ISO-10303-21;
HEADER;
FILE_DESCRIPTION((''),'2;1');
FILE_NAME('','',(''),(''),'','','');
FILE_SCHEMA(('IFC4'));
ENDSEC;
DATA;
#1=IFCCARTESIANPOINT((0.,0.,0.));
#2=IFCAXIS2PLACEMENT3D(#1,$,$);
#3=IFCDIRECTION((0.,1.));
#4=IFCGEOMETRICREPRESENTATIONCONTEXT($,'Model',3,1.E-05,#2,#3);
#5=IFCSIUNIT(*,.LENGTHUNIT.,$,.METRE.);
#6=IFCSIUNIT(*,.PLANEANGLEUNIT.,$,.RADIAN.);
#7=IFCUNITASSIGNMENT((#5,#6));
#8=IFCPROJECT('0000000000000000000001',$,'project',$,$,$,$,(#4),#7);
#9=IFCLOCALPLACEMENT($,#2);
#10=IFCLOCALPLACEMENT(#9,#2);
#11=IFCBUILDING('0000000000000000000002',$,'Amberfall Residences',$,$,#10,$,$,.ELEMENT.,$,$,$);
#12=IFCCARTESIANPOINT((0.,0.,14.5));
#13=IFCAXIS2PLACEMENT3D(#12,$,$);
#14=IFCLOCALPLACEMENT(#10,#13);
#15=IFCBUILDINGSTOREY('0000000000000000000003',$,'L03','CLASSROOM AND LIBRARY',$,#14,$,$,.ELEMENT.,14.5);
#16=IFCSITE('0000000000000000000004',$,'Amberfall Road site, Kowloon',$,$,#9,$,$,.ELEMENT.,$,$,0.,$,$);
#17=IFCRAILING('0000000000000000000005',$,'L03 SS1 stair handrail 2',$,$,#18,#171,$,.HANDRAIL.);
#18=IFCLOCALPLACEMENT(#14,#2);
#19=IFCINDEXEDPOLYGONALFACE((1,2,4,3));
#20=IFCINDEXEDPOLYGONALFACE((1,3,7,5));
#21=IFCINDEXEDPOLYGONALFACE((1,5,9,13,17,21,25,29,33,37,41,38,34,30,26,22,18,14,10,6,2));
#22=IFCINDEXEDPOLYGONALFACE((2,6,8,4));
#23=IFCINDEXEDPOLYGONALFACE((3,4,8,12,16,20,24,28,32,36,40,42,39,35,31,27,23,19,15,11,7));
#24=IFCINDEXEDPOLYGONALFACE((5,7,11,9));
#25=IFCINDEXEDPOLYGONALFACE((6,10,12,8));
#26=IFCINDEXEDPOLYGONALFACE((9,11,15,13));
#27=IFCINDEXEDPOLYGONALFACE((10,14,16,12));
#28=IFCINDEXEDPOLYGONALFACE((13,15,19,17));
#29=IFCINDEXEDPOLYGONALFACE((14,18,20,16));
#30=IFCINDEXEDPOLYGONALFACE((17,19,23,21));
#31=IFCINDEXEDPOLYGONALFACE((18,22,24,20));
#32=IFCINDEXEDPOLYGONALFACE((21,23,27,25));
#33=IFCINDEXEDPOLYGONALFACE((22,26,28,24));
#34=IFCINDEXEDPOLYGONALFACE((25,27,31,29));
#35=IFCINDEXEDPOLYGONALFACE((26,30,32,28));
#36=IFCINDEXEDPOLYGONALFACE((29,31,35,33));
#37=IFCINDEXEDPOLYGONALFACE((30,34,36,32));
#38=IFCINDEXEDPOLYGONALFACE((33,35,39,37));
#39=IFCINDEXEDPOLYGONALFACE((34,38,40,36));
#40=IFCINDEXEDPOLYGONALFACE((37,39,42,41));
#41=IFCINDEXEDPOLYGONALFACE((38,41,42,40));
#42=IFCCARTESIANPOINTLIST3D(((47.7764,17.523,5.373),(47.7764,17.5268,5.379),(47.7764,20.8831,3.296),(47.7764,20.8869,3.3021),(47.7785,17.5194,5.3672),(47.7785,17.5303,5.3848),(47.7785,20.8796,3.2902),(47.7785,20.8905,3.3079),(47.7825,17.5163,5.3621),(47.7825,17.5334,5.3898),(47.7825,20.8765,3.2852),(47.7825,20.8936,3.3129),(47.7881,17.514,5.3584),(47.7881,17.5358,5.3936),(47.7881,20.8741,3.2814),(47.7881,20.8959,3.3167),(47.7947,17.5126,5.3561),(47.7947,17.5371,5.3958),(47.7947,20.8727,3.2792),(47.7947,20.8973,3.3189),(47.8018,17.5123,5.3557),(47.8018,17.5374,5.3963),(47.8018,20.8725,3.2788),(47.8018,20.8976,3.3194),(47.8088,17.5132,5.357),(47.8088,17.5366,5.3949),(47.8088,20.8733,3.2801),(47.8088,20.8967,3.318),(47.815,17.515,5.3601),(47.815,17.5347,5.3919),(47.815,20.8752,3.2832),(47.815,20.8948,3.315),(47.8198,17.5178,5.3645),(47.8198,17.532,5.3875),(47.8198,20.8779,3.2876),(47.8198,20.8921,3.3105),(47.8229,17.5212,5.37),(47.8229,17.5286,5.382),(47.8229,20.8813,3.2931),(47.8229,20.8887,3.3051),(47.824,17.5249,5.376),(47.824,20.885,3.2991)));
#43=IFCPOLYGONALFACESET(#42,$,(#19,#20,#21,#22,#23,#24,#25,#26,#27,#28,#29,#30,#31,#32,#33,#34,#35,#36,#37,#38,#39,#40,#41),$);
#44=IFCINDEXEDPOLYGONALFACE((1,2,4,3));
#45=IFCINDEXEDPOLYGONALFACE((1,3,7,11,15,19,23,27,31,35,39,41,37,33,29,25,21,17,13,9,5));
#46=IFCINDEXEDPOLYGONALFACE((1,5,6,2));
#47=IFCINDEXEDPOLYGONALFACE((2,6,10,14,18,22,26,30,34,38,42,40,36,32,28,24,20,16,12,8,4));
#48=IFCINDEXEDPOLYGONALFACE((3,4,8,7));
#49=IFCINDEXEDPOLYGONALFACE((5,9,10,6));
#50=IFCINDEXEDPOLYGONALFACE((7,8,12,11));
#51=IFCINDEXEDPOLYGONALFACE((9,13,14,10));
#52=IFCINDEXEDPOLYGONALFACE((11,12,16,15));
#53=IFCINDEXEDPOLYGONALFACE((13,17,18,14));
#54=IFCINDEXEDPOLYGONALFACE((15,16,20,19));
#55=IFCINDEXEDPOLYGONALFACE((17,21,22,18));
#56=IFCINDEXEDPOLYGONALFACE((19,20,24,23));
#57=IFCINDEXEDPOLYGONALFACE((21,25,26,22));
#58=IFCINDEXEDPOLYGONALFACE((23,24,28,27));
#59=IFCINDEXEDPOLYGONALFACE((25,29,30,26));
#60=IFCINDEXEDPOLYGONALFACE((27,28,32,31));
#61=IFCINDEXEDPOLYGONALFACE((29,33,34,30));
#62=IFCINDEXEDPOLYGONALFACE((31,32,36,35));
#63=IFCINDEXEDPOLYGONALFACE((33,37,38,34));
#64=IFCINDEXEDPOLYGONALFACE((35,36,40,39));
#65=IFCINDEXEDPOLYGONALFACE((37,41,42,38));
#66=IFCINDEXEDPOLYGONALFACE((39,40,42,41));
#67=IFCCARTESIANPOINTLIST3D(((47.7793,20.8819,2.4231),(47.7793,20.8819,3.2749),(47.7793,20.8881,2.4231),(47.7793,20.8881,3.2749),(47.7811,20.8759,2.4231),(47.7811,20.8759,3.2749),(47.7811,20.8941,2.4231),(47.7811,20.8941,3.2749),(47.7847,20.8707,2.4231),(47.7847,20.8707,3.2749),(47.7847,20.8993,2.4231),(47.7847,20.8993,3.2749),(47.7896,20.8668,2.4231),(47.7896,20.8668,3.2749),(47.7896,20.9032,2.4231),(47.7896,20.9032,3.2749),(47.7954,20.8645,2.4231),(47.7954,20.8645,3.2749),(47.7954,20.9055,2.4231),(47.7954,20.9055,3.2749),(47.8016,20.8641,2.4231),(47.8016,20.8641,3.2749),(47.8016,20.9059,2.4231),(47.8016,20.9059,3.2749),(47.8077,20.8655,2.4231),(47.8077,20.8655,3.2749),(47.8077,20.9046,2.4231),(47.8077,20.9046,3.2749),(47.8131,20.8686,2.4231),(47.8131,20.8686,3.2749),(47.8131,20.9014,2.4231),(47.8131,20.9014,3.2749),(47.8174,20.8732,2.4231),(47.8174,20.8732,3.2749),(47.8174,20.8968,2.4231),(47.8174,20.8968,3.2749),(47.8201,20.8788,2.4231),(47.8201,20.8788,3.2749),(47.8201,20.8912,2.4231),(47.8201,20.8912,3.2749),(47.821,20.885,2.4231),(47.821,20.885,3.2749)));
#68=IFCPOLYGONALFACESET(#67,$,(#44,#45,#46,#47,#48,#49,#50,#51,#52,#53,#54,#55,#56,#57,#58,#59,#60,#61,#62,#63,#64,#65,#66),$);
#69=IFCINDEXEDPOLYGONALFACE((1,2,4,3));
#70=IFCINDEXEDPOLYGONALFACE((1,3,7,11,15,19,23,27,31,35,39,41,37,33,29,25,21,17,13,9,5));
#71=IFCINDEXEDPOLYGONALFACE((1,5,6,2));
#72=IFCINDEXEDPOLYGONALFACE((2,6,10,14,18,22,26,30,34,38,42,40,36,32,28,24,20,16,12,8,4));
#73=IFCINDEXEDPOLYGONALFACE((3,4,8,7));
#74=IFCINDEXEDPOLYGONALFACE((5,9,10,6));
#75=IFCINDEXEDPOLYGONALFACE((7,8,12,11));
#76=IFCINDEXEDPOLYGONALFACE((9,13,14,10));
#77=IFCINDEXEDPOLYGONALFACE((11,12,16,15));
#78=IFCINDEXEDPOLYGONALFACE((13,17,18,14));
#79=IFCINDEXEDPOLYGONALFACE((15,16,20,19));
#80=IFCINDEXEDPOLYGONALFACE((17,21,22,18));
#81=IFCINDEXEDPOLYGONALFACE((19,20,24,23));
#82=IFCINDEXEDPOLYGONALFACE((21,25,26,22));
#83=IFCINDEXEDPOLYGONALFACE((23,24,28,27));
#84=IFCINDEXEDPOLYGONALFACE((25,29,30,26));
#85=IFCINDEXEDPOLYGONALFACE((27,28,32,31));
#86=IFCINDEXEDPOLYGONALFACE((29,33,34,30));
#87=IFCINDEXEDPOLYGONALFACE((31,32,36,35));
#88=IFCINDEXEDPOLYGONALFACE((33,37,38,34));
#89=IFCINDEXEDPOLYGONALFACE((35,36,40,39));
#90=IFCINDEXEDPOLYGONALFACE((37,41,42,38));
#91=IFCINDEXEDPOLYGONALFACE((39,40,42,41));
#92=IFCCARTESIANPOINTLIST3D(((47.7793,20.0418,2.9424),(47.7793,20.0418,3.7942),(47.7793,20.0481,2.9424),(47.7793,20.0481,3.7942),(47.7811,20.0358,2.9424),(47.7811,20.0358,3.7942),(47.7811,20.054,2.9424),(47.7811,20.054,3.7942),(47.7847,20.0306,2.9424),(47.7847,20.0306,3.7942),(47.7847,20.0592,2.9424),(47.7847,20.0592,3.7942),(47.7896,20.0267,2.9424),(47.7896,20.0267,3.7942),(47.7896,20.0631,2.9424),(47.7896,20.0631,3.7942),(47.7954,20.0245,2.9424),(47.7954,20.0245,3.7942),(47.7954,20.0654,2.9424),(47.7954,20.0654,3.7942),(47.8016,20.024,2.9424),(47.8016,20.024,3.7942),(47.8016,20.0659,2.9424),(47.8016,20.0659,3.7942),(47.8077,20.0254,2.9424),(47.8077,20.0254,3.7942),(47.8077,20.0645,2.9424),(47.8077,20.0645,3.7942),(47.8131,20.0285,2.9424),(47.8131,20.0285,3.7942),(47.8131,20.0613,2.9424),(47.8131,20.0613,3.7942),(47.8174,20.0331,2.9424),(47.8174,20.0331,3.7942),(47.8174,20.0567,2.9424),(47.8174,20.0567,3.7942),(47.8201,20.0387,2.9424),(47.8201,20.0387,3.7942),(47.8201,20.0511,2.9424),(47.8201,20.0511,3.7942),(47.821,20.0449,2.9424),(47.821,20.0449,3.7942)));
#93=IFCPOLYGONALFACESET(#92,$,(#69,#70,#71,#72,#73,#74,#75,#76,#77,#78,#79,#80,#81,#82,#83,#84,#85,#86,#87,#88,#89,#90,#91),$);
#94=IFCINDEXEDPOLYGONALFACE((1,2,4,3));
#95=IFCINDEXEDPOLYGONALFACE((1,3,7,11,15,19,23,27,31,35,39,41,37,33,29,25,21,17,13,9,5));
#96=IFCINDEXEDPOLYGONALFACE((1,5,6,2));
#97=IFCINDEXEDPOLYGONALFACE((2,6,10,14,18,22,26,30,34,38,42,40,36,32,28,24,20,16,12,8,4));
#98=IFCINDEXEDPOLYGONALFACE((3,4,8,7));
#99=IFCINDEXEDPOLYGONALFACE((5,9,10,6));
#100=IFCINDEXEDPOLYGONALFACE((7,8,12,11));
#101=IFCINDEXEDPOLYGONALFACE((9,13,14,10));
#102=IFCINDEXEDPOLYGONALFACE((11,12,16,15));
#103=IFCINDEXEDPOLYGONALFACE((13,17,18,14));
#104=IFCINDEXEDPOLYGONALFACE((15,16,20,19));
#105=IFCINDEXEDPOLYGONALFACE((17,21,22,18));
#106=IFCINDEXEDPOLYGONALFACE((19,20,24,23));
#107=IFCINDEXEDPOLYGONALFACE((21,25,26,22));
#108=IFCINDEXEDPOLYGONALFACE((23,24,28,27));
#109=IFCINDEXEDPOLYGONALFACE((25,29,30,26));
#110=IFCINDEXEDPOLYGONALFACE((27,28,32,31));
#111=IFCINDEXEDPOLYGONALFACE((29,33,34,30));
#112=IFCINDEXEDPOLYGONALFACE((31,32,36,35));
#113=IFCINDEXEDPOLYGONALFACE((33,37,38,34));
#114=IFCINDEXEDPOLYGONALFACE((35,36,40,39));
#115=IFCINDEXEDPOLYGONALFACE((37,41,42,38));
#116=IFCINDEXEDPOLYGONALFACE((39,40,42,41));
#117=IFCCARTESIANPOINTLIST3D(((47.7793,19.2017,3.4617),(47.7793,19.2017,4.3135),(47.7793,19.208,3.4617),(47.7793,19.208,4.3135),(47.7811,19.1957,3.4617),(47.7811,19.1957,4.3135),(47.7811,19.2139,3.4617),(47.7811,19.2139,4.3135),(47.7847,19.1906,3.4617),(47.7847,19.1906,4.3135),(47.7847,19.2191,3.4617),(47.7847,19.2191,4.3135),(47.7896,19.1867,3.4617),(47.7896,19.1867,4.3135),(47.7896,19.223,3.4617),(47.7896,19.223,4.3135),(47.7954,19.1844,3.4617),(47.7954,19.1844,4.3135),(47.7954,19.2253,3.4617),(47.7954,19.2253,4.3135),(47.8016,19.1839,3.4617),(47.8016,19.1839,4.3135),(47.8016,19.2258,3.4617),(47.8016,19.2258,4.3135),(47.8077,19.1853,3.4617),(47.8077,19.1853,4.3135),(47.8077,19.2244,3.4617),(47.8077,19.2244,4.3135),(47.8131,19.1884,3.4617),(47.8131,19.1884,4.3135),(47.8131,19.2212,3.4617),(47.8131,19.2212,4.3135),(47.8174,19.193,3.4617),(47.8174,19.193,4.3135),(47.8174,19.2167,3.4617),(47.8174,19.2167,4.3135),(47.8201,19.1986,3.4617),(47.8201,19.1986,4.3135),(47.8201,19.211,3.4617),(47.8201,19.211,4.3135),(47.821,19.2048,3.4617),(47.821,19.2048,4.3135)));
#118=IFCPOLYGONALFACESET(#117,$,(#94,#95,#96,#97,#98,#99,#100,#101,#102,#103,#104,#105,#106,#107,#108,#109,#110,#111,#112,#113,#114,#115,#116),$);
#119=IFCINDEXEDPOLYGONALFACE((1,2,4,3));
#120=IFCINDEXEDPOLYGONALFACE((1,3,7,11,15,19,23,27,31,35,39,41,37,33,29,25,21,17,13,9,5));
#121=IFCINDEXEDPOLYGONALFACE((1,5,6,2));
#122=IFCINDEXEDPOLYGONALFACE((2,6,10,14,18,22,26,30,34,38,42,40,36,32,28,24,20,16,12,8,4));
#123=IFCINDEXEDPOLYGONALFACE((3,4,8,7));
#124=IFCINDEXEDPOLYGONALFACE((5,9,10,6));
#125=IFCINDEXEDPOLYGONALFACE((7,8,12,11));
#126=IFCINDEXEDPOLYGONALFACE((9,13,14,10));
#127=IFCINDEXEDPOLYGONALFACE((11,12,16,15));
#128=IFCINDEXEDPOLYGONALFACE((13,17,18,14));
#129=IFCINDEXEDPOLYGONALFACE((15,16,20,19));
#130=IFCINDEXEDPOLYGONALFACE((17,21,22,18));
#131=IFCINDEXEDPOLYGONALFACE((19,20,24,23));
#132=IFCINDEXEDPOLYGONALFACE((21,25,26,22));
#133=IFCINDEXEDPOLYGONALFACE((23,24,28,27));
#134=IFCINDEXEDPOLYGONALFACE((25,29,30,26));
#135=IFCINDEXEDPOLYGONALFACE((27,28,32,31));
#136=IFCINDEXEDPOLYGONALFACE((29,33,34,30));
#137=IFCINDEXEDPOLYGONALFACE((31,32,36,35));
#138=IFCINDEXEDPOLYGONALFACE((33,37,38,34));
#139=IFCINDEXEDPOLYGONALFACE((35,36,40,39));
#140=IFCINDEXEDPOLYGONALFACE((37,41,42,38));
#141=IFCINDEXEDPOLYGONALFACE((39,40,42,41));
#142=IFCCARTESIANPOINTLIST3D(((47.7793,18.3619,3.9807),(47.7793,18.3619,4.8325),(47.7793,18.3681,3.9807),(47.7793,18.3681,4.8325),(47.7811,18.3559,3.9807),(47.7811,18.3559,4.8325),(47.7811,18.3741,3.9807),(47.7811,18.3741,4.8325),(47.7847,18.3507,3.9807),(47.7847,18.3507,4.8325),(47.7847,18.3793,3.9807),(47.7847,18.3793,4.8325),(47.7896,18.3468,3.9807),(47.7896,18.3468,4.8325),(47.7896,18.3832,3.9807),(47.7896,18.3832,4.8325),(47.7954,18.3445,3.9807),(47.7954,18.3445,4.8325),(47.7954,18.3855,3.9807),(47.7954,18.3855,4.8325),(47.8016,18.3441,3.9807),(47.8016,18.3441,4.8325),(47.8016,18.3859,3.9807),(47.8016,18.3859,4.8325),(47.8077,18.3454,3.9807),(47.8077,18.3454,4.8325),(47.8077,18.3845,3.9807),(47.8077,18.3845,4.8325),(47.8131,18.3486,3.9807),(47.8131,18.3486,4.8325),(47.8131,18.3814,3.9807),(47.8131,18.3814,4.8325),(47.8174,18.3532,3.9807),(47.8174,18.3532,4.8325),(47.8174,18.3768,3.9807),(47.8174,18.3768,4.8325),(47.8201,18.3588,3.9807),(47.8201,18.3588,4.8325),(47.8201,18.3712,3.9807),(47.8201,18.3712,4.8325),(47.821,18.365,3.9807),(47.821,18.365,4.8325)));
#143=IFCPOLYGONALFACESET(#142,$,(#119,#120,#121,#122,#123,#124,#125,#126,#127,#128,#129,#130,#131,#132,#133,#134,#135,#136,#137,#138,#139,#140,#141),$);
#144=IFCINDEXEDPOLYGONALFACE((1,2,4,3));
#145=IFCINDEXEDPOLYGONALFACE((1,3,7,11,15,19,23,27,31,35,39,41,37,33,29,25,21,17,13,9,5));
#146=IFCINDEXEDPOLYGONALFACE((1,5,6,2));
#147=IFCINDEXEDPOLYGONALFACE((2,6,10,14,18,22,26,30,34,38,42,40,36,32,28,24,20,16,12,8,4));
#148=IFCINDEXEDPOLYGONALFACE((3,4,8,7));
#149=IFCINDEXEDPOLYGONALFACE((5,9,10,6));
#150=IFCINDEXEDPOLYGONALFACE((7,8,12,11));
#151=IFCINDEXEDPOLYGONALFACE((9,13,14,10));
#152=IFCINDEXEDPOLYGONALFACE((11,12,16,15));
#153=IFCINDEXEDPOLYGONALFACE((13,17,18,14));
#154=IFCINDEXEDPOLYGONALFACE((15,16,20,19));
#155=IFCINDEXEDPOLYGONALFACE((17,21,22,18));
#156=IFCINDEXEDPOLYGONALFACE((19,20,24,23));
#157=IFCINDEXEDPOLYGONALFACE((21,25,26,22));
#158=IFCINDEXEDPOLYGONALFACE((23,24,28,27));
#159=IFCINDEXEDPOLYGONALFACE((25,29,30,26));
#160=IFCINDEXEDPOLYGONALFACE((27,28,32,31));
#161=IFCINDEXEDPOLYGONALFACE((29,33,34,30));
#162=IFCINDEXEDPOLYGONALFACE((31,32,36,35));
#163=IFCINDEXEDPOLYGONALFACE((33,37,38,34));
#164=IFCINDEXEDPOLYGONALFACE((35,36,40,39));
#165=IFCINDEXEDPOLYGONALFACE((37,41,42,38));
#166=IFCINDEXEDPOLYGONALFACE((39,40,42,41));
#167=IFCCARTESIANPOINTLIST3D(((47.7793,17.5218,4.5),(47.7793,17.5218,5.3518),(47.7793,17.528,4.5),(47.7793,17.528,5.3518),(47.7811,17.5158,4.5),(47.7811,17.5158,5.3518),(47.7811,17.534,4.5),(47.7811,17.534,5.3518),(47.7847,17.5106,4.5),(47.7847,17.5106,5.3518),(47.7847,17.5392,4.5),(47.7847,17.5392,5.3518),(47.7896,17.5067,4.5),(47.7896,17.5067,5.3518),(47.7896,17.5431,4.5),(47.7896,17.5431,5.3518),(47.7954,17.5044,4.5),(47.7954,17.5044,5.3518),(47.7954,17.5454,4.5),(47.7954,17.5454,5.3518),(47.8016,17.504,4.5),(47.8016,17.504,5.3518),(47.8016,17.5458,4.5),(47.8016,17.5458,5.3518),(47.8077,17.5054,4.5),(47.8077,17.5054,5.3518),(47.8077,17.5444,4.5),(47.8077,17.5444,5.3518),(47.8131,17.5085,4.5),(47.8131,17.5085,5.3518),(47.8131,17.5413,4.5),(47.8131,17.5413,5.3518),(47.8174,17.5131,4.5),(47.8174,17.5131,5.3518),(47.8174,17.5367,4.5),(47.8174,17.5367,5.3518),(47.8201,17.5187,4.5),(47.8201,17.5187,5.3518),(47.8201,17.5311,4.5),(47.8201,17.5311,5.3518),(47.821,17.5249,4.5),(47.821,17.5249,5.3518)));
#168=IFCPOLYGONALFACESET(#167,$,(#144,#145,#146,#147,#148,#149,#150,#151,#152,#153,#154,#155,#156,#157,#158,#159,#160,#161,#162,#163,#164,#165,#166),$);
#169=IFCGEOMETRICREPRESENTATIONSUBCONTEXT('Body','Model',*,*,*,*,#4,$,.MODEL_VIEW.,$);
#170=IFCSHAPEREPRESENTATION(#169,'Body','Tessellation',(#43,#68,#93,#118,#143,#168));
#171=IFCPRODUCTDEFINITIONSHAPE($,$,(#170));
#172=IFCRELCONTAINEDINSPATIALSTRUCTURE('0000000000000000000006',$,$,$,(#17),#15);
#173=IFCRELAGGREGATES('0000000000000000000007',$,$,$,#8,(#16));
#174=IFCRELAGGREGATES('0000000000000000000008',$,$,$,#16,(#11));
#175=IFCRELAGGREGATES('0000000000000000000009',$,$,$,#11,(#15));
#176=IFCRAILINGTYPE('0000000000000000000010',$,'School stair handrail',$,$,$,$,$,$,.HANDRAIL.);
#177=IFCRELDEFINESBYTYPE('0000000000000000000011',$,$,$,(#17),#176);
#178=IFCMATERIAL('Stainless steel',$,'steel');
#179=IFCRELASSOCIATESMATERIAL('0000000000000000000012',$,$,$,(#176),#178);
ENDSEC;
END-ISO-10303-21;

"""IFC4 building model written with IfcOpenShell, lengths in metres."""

from ifc_helpers import new_model, si_unit, direction, frame, origin, origin_2d, place, context, subcontext, project, spatial, circle, extrude, material, type_object, element, save


model = new_model("IFC4")

# Units and contexts
model_context = context("Model", 3, precision=1e-05, world=origin(), true_north=direction((0.0, 1.0)))
body_context = subcontext(model_context, "Body", "Model", "MODEL_VIEW")
ifc_project = project(units=[si_unit("LENGTHUNIT", "METRE"), si_unit("PLANEANGLEUNIT", "RADIAN")], contexts=[model_context])

# Site, building, storey
site_placement = place(None, origin())
site = spatial("IfcSite", under=ifc_project, at=site_placement, Name="Amberfall Road site, Kowloon", CompositionType="ELEMENT", RefElevation=0.0)
building_placement = place(site_placement, origin())
building = spatial("IfcBuilding", under=site, at=building_placement, Name="Amberfall Residences", CompositionType="ELEMENT")
storey_placement = place(building_placement, frame((0.0, 0.0, 14.5)))
storey = spatial("IfcBuildingStorey", under=building, at=storey_placement, Name="L03", Description="CLASSROOM AND LIBRARY", CompositionType="ELEMENT", Elevation=14.5)

# Railing
ifc_material_1 = material(Name="Stainless steel", Category="steel")
railing_type_1 = type_object("IfcRailingType", Name="School stair handrail", PredefinedType="HANDRAIL", material=ifc_material_1)
railing_1_placement = place(storey_placement, frame((47.8, 20.885, 2.4231)))
element("IfcRailing", 1, at=railing_1_placement, inside=storey, type_object=railing_type_1, Name="L03 SS1 stair handrail 2", PredefinedType="HANDRAIL", context=body_context, shape_type="SweptSolid", body=[
    extrude(circle(Radius=0.0239, at=origin_2d()), frame((0.0, 0.0, 0.876), z_axis=(0.0, -0.850623, 0.525776), x_axis=(1.0, 0.0, 0.0)), (0.0, 0.0, 1.0), 3.9502),
    extrude(circle(Radius=0.021, at=origin_2d()), origin(), (0.0, 0.0, 1.0), 0.8518),
    extrude(circle(Radius=0.021, at=origin_2d()), frame((0.0, -0.8401, 0.5193)), (0.0, 0.0, 1.0), 0.8518),
    extrude(circle(Radius=0.021, at=origin_2d()), frame((0.0, -1.6802, 1.0386)), (0.0, 0.0, 1.0), 0.8518),
    extrude(circle(Radius=0.021, at=origin_2d()), frame((0.0, -2.52, 1.5576)), (0.0, 0.0, 1.0), 0.8518),
    extrude(circle(Radius=0.021, at=origin_2d()), frame((0.0, -3.3601, 2.0769)), (0.0, 0.0, 1.0), 0.8518),
])

save(model, "model.ifc")
